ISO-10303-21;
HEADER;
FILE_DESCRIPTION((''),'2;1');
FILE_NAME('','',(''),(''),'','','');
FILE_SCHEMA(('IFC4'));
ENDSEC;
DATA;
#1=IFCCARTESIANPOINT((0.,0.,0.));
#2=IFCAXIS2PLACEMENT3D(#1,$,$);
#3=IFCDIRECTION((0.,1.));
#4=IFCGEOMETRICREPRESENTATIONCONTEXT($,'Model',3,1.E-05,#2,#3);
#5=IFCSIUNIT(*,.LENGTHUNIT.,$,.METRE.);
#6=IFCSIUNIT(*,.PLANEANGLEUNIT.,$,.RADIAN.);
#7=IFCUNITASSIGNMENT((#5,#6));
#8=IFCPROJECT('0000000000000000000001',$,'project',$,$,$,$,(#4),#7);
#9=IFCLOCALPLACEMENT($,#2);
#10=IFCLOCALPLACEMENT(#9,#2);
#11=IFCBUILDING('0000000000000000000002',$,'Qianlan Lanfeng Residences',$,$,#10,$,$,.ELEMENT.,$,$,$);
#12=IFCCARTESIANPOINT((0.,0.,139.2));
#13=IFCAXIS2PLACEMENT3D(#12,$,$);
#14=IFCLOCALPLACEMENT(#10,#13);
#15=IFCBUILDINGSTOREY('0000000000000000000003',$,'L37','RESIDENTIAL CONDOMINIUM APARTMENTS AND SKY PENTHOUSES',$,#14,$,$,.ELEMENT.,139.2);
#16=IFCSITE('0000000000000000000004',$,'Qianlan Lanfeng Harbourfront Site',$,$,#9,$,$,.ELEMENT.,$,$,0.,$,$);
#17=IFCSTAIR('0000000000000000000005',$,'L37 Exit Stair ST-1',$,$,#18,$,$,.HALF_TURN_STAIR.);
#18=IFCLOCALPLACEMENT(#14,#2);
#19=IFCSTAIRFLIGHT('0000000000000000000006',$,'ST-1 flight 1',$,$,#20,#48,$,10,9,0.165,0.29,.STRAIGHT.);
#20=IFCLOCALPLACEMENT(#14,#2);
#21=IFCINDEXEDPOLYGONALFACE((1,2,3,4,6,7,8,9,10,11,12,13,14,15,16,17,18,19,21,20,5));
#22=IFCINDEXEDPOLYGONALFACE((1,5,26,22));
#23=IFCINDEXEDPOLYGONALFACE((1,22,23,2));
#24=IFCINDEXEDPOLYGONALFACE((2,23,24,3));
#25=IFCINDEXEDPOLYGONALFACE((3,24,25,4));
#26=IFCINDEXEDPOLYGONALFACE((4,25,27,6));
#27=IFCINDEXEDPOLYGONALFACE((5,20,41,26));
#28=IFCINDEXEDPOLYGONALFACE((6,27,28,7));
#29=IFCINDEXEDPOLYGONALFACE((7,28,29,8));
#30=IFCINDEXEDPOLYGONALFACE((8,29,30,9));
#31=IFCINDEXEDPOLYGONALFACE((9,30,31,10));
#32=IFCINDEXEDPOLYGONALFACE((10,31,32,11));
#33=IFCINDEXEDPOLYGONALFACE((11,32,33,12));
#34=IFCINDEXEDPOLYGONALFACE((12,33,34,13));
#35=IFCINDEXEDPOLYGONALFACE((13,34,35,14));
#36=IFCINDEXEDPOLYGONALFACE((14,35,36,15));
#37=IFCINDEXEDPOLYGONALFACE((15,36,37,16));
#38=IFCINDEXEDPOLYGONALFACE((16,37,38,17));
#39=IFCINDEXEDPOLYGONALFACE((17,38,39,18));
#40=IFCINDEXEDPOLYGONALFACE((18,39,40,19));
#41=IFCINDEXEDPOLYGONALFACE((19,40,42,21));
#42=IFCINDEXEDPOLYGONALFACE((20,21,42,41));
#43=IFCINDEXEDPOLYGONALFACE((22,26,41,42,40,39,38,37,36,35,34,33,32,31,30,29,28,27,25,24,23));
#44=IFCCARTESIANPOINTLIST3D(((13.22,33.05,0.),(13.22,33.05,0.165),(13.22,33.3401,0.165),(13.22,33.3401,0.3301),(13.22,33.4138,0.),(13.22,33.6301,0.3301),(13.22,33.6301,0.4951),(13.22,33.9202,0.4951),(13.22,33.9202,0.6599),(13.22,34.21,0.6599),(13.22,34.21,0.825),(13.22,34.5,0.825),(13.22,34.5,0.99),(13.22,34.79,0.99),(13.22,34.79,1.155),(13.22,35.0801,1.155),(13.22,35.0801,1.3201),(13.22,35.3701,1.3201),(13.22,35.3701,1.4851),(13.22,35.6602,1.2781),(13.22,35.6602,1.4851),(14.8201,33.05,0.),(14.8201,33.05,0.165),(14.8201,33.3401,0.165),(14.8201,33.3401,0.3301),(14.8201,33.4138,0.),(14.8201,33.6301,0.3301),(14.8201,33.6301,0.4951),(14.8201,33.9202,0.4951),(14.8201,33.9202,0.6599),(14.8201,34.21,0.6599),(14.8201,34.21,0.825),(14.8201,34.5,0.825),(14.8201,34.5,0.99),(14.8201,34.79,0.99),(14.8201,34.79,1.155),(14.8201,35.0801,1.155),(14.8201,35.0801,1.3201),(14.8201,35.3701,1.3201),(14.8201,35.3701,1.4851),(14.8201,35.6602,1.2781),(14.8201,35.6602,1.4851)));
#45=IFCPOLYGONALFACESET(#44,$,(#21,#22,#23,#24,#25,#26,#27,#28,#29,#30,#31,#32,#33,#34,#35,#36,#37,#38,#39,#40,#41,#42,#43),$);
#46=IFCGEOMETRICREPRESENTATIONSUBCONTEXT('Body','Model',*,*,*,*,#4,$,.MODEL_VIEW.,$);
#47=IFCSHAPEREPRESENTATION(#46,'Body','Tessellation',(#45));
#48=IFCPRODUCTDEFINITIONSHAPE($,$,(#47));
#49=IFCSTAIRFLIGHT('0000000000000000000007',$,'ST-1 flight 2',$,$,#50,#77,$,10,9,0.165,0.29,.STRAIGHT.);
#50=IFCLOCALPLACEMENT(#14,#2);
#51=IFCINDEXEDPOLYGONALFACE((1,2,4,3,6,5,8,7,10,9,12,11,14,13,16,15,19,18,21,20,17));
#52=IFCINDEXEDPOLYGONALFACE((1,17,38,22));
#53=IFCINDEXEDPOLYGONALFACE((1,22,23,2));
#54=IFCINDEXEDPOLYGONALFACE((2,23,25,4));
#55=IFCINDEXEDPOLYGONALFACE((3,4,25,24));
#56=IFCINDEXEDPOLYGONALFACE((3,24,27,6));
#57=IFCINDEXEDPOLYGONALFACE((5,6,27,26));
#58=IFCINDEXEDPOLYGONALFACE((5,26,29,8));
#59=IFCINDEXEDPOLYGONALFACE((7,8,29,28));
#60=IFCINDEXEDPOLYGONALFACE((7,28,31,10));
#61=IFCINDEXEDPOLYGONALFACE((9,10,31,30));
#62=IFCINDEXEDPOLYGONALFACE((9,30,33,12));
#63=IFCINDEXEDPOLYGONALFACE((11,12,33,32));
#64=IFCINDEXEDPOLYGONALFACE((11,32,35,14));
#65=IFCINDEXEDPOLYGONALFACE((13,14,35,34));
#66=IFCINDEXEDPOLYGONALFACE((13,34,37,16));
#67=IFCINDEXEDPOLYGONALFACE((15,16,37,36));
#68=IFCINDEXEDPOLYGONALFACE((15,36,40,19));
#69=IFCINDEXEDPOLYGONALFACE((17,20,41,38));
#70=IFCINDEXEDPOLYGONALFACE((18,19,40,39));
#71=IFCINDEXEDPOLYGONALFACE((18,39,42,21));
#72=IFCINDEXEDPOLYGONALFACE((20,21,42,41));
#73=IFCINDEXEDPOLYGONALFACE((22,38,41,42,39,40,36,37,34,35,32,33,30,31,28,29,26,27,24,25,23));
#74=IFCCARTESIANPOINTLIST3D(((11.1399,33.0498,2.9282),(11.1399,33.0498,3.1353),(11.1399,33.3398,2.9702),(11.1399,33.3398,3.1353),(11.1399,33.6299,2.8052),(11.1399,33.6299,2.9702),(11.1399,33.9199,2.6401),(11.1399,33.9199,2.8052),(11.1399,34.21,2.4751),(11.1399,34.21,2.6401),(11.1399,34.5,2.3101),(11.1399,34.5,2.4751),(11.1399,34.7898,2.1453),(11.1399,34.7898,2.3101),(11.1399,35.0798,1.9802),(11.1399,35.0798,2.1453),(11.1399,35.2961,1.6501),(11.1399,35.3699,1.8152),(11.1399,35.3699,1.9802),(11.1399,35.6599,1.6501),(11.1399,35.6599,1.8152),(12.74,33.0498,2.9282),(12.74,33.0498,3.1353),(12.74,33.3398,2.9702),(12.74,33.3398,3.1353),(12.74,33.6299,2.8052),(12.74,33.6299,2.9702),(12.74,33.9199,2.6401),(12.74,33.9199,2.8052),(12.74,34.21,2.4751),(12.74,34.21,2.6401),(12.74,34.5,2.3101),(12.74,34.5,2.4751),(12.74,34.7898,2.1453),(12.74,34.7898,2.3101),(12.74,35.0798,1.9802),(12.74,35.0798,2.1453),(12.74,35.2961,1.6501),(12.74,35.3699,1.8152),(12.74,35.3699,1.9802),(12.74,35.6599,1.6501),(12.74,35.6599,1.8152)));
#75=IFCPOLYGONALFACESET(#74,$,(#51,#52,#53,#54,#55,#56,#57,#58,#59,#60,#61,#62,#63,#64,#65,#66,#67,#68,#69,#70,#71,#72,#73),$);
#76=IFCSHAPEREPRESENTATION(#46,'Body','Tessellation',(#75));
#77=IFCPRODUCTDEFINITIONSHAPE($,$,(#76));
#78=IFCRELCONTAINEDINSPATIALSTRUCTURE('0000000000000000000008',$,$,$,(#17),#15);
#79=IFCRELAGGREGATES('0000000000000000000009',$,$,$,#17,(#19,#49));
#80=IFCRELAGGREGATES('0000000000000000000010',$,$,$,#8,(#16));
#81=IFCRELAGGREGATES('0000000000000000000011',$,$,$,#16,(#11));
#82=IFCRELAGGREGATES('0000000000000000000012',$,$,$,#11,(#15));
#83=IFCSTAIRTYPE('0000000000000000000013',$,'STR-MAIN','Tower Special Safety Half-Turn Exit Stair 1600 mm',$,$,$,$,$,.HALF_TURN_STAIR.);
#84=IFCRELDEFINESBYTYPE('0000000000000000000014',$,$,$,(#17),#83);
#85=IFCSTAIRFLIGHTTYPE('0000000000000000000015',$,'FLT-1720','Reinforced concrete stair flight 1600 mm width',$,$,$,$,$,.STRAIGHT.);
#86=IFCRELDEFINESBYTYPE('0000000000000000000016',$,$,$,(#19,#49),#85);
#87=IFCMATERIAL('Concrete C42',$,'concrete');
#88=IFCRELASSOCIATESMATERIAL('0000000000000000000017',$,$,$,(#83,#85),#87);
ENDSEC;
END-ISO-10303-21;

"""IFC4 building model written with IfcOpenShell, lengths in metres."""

from ifc_helpers import new_model, si_unit, direction, frame, origin, place, context, subcontext, project, spatial, polyline, outline, extrude, material, type_object, element, aggregate, save


model = new_model("IFC4")

# Units and contexts
model_context = context("Model", 3, precision=1e-05, world=origin(), true_north=direction((0.0, 1.0)))
body_context = subcontext(model_context, "Body", "Model", "MODEL_VIEW")
ifc_project = project(units=[si_unit("LENGTHUNIT", "METRE"), si_unit("PLANEANGLEUNIT", "RADIAN")], contexts=[model_context])

# Site, building, storey
site_placement = place(None, origin())
site = spatial("IfcSite", under=ifc_project, at=site_placement, Name="Qianlan Lanfeng Harbourfront Site", CompositionType="ELEMENT", RefElevation=0.0)
building_placement = place(site_placement, origin())
building = spatial("IfcBuilding", under=site, at=building_placement, Name="Qianlan Lanfeng Residences", CompositionType="ELEMENT")
storey_placement = place(building_placement, frame((0.0, 0.0, 139.2)))
storey = spatial("IfcBuildingStorey", under=building, at=storey_placement, Name="L37", Description="RESIDENTIAL CONDOMINIUM APARTMENTS AND SKY PENTHOUSES", CompositionType="ELEMENT", Elevation=139.2)

# Shared definitions
ifc_material_1 = material(Name="Concrete C42", Category="concrete")

# Stair, stair flights
stair_type = type_object("IfcStairType", Name="STR-MAIN", Description="Tower Special Safety Half-Turn Exit Stair 1600 mm", PredefinedType="HALF_TURN_STAIR", material=ifc_material_1)
stair_placement = place(storey_placement, origin())
stair = element("IfcStair", 1, at=stair_placement, inside=storey, type_object=stair_type, Name="L37 Exit Stair ST-1", PredefinedType="HALF_TURN_STAIR")
stair_flight_type = type_object("IfcStairFlightType", Name="FLT-1720", Description="Reinforced concrete stair flight 1600 mm width", PredefinedType="STRAIGHT", material=ifc_material_1)
stair_flight_1_placement = place(storey_placement, frame((14.02, 33.05, 0.0), z_axis=(0.0, 0.0, 1.0), x_axis=(0.0, 1.0, 0.0)))
stair_flight_1 = element("IfcStairFlight", 2, at=stair_flight_1_placement, type_object=stair_flight_type, Name="ST-1 flight 1", NumberOfRisers=10, NumberOfTreads=9, PredefinedType="STRAIGHT", RiserHeight=0.165, TreadLength=0.29, context=body_context, shape_type="SweptSolid", body=[
    extrude(outline(polyline([(0.0, 0.0), (0.0, 0.165), (0.29, 0.165), (0.29, 0.3301), (0.5801, 0.3301), (0.5801, 0.4951), (0.8701, 0.4951), (0.8701, 0.6599), (1.1599, 0.6599), (1.1599, 0.825), (1.45, 0.825), (1.45, 0.99), (1.74, 0.99), (1.74, 1.155), (2.03, 1.155), (2.03, 1.3201), (2.3201, 1.3201), (2.3201, 1.4851), (2.6101, 1.4851), (2.6101, 1.6499), (2.6101, 1.2781), (0.3638, 0.0), (0.0, 0.0)])), frame((0.0, 0.8, 0.0), z_axis=(0.0, -1.0, 0.0), x_axis=(1.0, 0.0, 0.0)), (0.0, 0.0, 1.0), 1.6001),
])
stair_flight_2_placement = place(storey_placement, frame((11.9399, 35.6599, 1.6501), z_axis=(0.0, 0.0, 1.0), x_axis=(0.0, -1.0, 0.0)))
stair_flight_2 = element("IfcStairFlight", 3, at=stair_flight_2_placement, type_object=stair_flight_type, Name="ST-1 flight 2", NumberOfRisers=10, NumberOfTreads=9, PredefinedType="STRAIGHT", RiserHeight=0.165, TreadLength=0.29, context=body_context, shape_type="SweptSolid", body=[
    extrude(outline(polyline([(0.0, 0.0), (0.0, 0.165), (0.29, 0.165), (0.29, 0.3301), (0.5801, 0.3301), (0.5801, 0.4951), (0.8701, 0.4951), (0.8701, 0.6599), (1.1599, 0.6599), (1.1599, 0.825), (1.45, 0.825), (1.45, 0.99), (1.74, 0.99), (1.74, 1.155), (2.03, 1.155), (2.03, 1.3201), (2.3201, 1.3201), (2.3201, 1.4851), (2.6101, 1.4851), (2.6101, 1.6499), (2.6101, 1.2781), (0.3638, 0.0), (0.0, 0.0)])), frame((0.0, 0.8, 0.0), z_axis=(0.0, -1.0, 0.0), x_axis=(1.0, 0.0, 0.0)), (0.0, 0.0, 1.0), 1.6001),
])
aggregate(stair, [stair_flight_1, stair_flight_2])

save(model, "model.ifc")
